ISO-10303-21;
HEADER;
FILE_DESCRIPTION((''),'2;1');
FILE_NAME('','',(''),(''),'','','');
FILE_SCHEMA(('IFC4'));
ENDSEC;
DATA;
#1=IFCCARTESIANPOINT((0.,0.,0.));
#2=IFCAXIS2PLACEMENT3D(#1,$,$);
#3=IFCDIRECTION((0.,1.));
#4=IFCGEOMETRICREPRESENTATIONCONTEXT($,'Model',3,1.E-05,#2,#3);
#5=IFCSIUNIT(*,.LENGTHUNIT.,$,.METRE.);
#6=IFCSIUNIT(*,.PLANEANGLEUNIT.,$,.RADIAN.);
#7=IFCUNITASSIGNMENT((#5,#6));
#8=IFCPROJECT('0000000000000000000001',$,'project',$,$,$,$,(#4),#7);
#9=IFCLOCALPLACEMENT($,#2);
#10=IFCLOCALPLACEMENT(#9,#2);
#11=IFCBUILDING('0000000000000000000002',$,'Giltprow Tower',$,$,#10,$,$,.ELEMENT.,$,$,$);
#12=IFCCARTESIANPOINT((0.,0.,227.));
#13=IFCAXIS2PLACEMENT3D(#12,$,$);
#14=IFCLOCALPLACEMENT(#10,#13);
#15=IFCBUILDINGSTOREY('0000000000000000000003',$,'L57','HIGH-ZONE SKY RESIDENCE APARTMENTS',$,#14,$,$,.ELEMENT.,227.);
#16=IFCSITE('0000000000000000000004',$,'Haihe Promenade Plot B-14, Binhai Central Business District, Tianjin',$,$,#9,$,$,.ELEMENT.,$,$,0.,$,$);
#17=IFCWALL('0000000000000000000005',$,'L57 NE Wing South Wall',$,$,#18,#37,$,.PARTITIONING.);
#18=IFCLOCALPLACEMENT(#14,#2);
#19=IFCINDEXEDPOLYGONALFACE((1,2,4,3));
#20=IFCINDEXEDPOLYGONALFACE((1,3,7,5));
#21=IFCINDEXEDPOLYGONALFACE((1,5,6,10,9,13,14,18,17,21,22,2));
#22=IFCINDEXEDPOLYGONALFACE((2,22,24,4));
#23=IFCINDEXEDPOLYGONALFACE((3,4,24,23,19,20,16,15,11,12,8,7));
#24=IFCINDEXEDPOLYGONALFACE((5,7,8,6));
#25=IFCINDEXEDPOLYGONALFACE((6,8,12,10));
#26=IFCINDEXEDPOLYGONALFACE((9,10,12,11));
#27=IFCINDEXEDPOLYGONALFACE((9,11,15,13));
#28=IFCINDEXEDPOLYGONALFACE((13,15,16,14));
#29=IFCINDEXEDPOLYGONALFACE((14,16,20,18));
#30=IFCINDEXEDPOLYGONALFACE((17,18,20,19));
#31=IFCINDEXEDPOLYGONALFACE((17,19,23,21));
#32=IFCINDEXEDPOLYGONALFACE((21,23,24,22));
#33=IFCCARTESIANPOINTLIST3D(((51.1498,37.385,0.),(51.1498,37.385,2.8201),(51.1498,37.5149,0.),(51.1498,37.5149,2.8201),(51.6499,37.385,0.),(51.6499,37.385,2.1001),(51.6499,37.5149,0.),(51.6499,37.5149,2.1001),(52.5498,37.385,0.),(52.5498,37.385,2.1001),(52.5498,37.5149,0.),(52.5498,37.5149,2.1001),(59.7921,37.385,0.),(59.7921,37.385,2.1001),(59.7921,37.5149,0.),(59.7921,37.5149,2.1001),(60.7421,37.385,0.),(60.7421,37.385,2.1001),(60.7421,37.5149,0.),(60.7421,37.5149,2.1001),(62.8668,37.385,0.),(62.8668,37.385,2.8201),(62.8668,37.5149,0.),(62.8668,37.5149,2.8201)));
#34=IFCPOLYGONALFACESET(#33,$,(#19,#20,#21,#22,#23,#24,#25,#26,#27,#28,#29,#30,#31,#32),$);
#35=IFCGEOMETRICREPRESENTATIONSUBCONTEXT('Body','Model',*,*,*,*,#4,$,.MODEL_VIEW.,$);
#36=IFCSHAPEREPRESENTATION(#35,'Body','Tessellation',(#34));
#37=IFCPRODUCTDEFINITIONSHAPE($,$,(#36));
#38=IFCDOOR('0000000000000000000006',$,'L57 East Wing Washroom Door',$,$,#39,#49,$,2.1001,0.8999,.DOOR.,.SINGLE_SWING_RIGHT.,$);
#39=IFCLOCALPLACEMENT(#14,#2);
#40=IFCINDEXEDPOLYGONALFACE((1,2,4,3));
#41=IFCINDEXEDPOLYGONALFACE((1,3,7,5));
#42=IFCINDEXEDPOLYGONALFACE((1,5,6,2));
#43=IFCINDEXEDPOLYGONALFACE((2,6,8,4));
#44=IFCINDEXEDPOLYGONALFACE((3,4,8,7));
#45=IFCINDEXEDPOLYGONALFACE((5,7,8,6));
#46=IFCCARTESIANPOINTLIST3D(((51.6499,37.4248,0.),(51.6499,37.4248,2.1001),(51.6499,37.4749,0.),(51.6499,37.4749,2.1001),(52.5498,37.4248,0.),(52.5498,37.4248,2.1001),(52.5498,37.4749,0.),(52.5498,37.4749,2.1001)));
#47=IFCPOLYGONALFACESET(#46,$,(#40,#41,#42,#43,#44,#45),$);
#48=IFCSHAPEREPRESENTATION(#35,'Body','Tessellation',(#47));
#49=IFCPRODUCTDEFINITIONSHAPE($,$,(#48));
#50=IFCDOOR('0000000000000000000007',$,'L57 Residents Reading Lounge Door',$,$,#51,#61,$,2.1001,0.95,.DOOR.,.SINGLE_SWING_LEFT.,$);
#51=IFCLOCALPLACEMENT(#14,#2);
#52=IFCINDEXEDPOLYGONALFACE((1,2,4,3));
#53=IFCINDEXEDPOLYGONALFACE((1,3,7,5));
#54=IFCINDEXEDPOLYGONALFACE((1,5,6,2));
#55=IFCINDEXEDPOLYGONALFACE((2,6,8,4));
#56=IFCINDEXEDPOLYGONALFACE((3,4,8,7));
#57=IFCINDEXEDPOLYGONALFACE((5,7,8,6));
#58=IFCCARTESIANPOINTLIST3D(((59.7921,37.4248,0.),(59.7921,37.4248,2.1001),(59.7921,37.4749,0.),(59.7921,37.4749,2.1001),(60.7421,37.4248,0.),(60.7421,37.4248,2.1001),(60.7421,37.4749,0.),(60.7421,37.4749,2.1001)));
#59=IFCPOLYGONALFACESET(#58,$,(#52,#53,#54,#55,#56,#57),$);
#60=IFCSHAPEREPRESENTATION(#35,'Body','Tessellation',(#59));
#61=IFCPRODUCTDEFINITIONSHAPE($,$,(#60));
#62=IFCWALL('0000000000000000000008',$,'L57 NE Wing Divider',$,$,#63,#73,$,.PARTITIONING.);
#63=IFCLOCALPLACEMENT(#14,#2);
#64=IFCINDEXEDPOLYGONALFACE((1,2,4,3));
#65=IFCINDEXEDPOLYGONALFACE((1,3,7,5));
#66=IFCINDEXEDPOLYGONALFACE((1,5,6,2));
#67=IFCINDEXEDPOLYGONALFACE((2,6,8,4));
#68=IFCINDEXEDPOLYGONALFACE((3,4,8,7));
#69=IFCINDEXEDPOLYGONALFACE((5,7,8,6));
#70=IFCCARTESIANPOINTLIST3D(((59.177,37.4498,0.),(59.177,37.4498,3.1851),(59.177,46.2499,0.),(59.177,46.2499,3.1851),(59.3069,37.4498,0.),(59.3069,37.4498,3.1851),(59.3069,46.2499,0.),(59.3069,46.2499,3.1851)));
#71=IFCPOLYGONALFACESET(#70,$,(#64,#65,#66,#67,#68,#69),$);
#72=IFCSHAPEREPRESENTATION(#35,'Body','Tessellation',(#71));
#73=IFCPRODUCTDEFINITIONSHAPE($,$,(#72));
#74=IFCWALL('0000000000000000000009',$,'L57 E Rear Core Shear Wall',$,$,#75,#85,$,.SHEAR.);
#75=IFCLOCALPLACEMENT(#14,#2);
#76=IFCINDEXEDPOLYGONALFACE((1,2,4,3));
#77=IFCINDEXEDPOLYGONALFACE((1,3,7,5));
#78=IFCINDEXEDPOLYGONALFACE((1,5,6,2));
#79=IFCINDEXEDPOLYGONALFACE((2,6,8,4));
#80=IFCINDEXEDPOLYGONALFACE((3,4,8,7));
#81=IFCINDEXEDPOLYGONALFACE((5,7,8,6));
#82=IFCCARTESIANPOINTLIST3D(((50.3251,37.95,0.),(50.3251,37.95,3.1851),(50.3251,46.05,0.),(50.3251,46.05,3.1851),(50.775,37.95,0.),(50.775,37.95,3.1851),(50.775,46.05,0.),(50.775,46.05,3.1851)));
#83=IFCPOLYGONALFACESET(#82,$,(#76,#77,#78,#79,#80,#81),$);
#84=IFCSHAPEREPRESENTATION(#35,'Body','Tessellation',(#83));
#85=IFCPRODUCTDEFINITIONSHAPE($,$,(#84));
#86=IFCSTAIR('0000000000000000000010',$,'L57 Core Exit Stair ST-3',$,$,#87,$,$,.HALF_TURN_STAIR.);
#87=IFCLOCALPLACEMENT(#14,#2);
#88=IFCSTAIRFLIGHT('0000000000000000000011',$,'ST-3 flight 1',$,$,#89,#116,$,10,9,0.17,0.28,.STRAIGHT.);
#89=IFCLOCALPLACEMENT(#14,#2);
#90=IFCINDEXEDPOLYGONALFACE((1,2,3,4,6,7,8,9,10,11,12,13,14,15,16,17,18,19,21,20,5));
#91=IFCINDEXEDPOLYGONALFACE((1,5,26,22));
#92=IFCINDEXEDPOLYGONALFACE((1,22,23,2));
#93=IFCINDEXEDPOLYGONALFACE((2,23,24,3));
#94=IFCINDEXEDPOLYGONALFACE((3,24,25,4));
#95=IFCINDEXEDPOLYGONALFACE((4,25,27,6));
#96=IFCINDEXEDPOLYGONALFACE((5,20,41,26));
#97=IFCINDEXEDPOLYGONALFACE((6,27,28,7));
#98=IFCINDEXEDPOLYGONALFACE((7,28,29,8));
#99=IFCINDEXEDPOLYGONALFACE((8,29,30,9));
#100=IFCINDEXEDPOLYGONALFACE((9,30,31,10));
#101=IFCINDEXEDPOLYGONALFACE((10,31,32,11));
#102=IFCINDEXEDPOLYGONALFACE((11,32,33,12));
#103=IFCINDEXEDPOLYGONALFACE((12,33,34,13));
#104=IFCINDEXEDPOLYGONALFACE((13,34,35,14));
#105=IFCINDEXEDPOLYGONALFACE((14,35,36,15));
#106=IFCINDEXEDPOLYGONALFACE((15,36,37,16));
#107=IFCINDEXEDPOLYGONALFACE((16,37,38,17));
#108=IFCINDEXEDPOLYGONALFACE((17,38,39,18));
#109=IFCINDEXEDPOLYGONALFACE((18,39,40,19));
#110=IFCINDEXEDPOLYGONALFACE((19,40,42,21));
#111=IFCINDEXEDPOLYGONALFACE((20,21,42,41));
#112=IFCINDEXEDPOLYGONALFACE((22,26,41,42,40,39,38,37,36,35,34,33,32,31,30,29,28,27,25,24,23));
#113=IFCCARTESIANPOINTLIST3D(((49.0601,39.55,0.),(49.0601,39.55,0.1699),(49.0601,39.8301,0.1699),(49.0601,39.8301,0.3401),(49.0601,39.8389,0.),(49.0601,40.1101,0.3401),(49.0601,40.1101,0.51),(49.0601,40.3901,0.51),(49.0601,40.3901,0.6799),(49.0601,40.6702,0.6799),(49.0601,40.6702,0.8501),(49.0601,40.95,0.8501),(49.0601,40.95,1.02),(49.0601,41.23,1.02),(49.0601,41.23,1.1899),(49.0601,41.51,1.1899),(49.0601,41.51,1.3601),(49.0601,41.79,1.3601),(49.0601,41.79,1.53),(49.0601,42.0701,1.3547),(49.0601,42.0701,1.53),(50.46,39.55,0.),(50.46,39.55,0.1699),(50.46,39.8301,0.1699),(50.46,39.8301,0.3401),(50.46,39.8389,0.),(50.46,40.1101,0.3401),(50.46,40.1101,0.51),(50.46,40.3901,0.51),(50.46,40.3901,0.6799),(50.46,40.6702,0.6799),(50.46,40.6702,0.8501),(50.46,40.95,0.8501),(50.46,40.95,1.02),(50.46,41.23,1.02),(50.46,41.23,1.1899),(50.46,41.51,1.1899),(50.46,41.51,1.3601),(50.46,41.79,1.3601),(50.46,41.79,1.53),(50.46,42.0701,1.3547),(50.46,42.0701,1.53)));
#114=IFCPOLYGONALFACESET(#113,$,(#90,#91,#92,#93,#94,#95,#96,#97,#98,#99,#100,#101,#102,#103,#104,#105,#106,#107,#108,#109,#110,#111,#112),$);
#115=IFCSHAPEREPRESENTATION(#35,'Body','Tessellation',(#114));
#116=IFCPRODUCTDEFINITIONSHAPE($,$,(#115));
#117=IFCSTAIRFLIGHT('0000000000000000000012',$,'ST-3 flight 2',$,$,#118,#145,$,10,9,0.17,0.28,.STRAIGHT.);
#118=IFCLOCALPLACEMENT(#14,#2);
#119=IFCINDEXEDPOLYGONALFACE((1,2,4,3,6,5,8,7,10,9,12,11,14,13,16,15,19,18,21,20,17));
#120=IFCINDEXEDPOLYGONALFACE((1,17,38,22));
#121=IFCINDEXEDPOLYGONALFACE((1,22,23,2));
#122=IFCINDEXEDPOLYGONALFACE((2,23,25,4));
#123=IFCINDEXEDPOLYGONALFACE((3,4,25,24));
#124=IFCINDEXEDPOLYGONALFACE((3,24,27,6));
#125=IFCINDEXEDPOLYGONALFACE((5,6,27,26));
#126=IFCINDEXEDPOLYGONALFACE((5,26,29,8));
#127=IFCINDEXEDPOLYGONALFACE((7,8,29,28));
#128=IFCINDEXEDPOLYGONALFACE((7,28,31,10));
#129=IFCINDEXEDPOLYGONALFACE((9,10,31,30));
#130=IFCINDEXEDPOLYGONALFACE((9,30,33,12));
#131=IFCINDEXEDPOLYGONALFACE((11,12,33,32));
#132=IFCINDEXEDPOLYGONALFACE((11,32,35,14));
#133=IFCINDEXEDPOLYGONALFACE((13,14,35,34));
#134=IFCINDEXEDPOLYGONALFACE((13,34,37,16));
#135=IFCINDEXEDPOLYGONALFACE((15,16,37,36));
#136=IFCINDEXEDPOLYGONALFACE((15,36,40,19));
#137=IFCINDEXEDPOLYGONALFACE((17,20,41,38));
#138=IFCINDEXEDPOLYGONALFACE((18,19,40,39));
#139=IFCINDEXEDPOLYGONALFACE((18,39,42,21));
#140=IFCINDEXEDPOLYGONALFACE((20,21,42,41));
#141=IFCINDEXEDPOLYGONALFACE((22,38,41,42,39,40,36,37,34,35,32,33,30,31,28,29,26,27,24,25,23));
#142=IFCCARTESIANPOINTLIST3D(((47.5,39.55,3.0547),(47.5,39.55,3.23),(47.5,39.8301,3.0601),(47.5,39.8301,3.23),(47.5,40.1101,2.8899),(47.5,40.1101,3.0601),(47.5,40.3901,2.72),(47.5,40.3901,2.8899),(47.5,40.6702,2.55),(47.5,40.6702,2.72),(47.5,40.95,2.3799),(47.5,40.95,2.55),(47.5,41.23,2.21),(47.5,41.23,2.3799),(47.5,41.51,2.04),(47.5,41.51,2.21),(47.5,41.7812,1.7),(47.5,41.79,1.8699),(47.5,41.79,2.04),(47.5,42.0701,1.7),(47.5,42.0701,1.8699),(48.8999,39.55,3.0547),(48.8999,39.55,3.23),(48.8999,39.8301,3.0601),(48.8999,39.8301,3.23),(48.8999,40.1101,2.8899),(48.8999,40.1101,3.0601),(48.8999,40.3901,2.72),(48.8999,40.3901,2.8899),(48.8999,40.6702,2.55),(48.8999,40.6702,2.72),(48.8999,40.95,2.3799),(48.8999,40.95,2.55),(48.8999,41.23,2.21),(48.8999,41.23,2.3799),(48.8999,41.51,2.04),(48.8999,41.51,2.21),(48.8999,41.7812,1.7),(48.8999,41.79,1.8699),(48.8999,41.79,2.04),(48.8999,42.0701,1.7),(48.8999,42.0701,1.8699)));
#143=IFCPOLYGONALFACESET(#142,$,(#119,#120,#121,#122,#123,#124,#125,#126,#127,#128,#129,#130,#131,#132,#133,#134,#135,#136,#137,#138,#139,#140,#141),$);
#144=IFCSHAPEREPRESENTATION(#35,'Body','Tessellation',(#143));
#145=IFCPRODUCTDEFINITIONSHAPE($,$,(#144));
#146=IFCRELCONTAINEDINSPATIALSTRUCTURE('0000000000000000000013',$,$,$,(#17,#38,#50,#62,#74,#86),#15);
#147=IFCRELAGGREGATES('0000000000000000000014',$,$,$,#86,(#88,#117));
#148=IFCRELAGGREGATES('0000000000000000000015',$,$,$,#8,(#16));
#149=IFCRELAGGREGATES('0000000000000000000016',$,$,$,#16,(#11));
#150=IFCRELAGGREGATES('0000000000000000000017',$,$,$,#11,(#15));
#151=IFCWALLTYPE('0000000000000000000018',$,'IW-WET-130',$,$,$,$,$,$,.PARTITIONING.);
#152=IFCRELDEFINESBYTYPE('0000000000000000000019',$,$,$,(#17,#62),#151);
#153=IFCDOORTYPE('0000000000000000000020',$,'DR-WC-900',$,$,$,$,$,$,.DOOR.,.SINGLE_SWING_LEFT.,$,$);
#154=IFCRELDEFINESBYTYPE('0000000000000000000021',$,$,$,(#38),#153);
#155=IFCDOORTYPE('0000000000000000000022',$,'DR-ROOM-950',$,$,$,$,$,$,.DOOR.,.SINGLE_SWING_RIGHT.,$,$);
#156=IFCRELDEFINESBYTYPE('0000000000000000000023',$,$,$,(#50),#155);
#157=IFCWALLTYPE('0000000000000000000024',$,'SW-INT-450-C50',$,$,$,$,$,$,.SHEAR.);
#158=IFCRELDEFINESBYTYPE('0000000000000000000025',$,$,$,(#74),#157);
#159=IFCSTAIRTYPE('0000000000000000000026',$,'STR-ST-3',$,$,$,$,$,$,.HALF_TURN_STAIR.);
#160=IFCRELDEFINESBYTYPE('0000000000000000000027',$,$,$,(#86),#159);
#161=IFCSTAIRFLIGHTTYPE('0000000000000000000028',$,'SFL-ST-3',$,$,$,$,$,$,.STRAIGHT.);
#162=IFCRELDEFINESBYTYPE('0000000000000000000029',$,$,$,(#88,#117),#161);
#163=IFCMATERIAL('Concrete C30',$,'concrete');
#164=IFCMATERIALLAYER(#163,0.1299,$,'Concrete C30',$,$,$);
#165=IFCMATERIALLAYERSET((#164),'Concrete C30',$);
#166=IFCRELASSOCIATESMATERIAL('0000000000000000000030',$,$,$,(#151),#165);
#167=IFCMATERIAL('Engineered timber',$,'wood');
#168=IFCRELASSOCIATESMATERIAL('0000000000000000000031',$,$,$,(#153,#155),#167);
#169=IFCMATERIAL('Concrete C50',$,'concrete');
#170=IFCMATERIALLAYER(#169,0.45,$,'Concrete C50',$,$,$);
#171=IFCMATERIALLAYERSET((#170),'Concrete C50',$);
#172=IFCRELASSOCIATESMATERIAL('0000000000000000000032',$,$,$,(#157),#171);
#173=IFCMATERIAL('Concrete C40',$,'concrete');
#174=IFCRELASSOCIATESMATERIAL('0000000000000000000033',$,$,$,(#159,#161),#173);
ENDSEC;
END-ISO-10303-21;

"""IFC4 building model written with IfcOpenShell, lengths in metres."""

from ifc_helpers import new_model, si_unit, direction, frame, frame_2d, origin, place, context, subcontext, project, spatial, polyline, rectangle, outline, extrude, source, transform, mapped, material, layer, layer_set, type_object, element, fill, aggregate, save


model = new_model("IFC4")

# Units and contexts
model_context = context("Model", 3, precision=1e-05, world=origin(), true_north=direction((0.0, 1.0)))
body_context = subcontext(model_context, "Body", "Model", "MODEL_VIEW")
ifc_project = project(units=[si_unit("LENGTHUNIT", "METRE"), si_unit("PLANEANGLEUNIT", "RADIAN")], contexts=[model_context])

# Site, building, storey
site_placement = place(None, origin())
site = spatial("IfcSite", under=ifc_project, at=site_placement, Name="Haihe Promenade Plot B-14, Binhai Central Business District, Tianjin", CompositionType="ELEMENT", RefElevation=0.0)
building_placement = place(site_placement, origin())
building = spatial("IfcBuilding", under=site, at=building_placement, Name="Giltprow Tower", CompositionType="ELEMENT")
storey_placement = place(building_placement, frame((0.0, 0.0, 227.0)))
storey = spatial("IfcBuildingStorey", under=building, at=storey_placement, Name="L57", Description="HIGH-ZONE SKY RESIDENCE APARTMENTS", CompositionType="ELEMENT", Elevation=227.0)

# Shared definitions
ifc_material_1 = material(Name="Concrete C50", Category="concrete")

# Wall, openings, doors
ifc_material_2 = material(Name="Concrete C30", Category="concrete")
ifc_layer_1 = layer(ifc_material_2, 0.1299, Name="Concrete C30")
ifc_layer_set_1 = layer_set([ifc_layer_1], Name="Concrete C30")
wall_type_1 = type_object("IfcWallType", Name="IW-WET-130", PredefinedType="PARTITIONING", material=ifc_layer_set_1)
wall_1_placement = place(storey_placement, frame((51.1499, 37.45, 0.0), z_axis=(0.0, 0.0, 1.0), x_axis=(1.0, 0.0, 0.0)))
wall_1 = element("IfcWall", 1, at=wall_1_placement, inside=storey, type_object=wall_type_1, Name="L57 NE Wing South Wall", PredefinedType="PARTITIONING", context=body_context, shape_type="SweptSolid", body=[
    extrude(rectangle(XDim=11.717, YDim=0.1299, at=frame_2d((5.8584, 0.0))), origin(), (0.0, 0.0, 1.0), 2.8201),
])
opening_1_placement = place(wall_1_placement, frame((0.5, 0.0, 0.0)))
opening_1 = element("IfcOpeningElement", 2, at=opening_1_placement, cuts=wall_1, PredefinedType="OPENING", context=body_context, shape_type="SweptSolid", body=[
    extrude(rectangle(XDim=0.8999, YDim=2.1001, at=frame_2d((0.45, 1.05))), frame((0.0, 0.075, 0.0), z_axis=(0.0, -1.0, 0.0), x_axis=(1.0, 0.0, 0.0)), (0.0, 0.0, 1.0), 0.1499),
])
opening_2_placement = place(wall_1_placement, frame((8.6421, 0.0, 0.0)))
opening_2 = element("IfcOpeningElement", 3, at=opening_2_placement, cuts=wall_1, PredefinedType="OPENING", context=body_context, shape_type="SweptSolid", body=[
    extrude(rectangle(XDim=0.95, YDim=2.1001, at=frame_2d((0.4751, 1.05))), frame((0.0, 0.075, 0.0), z_axis=(0.0, -1.0, 0.0), x_axis=(1.0, 0.0, 0.0)), (0.0, 0.0, 1.0), 0.1499),
])
ifc_material_3 = material(Name="Engineered timber", Category="wood")
door_type_1 = type_object("IfcDoorType", Name="DR-WC-900", OperationType="SINGLE_SWING_LEFT", PredefinedType="DOOR", material=ifc_material_3)
shared_shape_1 = source(origin(), body_context, "Body", "SweptSolid", [
    extrude(rectangle(XDim=0.8999, YDim=2.1001, at=frame_2d((0.45, 1.05))), frame((0.0, 0.0249, 0.0), z_axis=(0.0, -1.0, 0.0), x_axis=(1.0, 0.0, 0.0)), (0.0, 0.0, 1.0), 0.05),
])
door_1_placement = place(opening_1_placement, origin())
door_1 = element("IfcDoor", 4, at=door_1_placement, inside=storey, type_object=door_type_1, Name="L57 East Wing Washroom Door", OperationType="SINGLE_SWING_RIGHT", OverallHeight=2.1001, OverallWidth=0.8999, PredefinedType="DOOR", context=body_context, shape_type="MappedRepresentation", body=[
    mapped(shared_shape_1, transform((0.0, 0.0, 0.0), x_axis=(1.0, 0.0, 0.0), y_axis=(0.0, 1.0, 0.0), z_axis=(0.0, 0.0, 1.0), scale=1.0)),
])
fill(opening_1, door_1)
door_type_2 = type_object("IfcDoorType", Name="DR-ROOM-950", OperationType="SINGLE_SWING_RIGHT", PredefinedType="DOOR", material=ifc_material_3)
shared_shape_2 = source(origin(), body_context, "Body", "SweptSolid", [
    extrude(rectangle(XDim=0.95, YDim=2.1001, at=frame_2d((0.4751, 1.05))), frame((0.0, 0.0249, 0.0), z_axis=(0.0, -1.0, 0.0), x_axis=(1.0, 0.0, 0.0)), (0.0, 0.0, 1.0), 0.05),
])
door_2_placement = place(opening_2_placement, origin())
door_2 = element("IfcDoor", 5, at=door_2_placement, inside=storey, type_object=door_type_2, Name="L57 Residents Reading Lounge Door", OperationType="SINGLE_SWING_LEFT", OverallHeight=2.1001, OverallWidth=0.95, PredefinedType="DOOR", context=body_context, shape_type="MappedRepresentation", body=[
    mapped(shared_shape_2, transform((0.0, 0.0, 0.0), x_axis=(1.0, 0.0, 0.0), y_axis=(0.0, 1.0, 0.0), z_axis=(0.0, 0.0, 1.0), scale=1.0)),
])
fill(opening_2, door_2)

# Walls
wall_2_placement = place(storey_placement, frame((59.2419, 37.45, 0.0), z_axis=(0.0, 0.0, 1.0), x_axis=(0.0, 1.0, 0.0)))
element("IfcWall", 6, at=wall_2_placement, inside=storey, type_object=wall_type_1, Name="L57 NE Wing Divider", PredefinedType="PARTITIONING", context=body_context, shape_type="SweptSolid", body=[
    extrude(rectangle(XDim=8.8, YDim=0.1299, at=frame_2d((4.3999, 0.0))), origin(), (0.0, 0.0, 1.0), 3.1851),
])
ifc_layer_2 = layer(ifc_material_1, 0.45, Name="Concrete C50")
ifc_layer_set_2 = layer_set([ifc_layer_2], Name="Concrete C50")
wall_type_2 = type_object("IfcWallType", Name="SW-INT-450-C50", PredefinedType="SHEAR", material=ifc_layer_set_2)
wall_3_placement = place(storey_placement, frame((50.55, 37.95, 0.0), z_axis=(0.0, 0.0, 1.0), x_axis=(0.0, 1.0, 0.0)))
element("IfcWall", 7, at=wall_3_placement, inside=storey, type_object=wall_type_2, Name="L57 E Rear Core Shear Wall", PredefinedType="SHEAR", context=body_context, shape_type="SweptSolid", body=[
    extrude(rectangle(XDim=8.1001, YDim=0.45, at=frame_2d((4.05, 0.0))), origin(), (0.0, 0.0, 1.0), 3.1851),
])

# Stair, stair flights
ifc_material_4 = material(Name="Concrete C40", Category="concrete")
stair_type = type_object("IfcStairType", Name="STR-ST-3", PredefinedType="HALF_TURN_STAIR", material=ifc_material_4)
stair_placement = place(storey_placement, origin())
stair = element("IfcStair", 8, at=stair_placement, inside=storey, type_object=stair_type, Name="L57 Core Exit Stair ST-3", PredefinedType="HALF_TURN_STAIR")
stair_flight_type = type_object("IfcStairFlightType", Name="SFL-ST-3", PredefinedType="STRAIGHT", material=ifc_material_4)
stair_flight_1_placement = place(storey_placement, frame((49.76, 39.55, 0.0), z_axis=(0.0, 0.0, 1.0), x_axis=(0.0, 1.0, 0.0)))
stair_flight_1 = element("IfcStairFlight", 9, at=stair_flight_1_placement, type_object=stair_flight_type, Name="ST-3 flight 1", NumberOfRisers=10, NumberOfTreads=9, PredefinedType="STRAIGHT", RiserHeight=0.17, TreadLength=0.28, context=body_context, shape_type="SweptSolid", body=[
    extrude(outline(polyline([(0.0, 0.0), (0.0, 0.1699), (0.28, 0.1699), (0.28, 0.3401), (0.5601, 0.3401), (0.5601, 0.51), (0.8401, 0.51), (0.8401, 0.6799), (1.1201, 0.6799), (1.1201, 0.8501), (1.3999, 0.8501), (1.3999, 1.02), (1.6799, 1.02), (1.6799, 1.1899), (1.96, 1.1899), (1.96, 1.3601), (2.24, 1.3601), (2.24, 1.53), (2.52, 1.53), (2.52, 1.7), (2.52, 1.3547), (0.2888, 0.0), (0.0, 0.0)])), frame((0.0, 0.7, 0.0), z_axis=(0.0, -1.0, 0.0), x_axis=(1.0, 0.0, 0.0)), (0.0, 0.0, 1.0), 1.3999),
])
stair_flight_2_placement = place(storey_placement, frame((48.2, 42.0701, 1.7), z_axis=(0.0, 0.0, 1.0), x_axis=(0.0, -1.0, 0.0)))
stair_flight_2 = element("IfcStairFlight", 10, at=stair_flight_2_placement, type_object=stair_flight_type, Name="ST-3 flight 2", NumberOfRisers=10, NumberOfTreads=9, PredefinedType="STRAIGHT", RiserHeight=0.17, TreadLength=0.28, context=body_context, shape_type="SweptSolid", body=[
    extrude(outline(polyline([(0.0, 0.0), (0.0, 0.1699), (0.28, 0.1699), (0.28, 0.3401), (0.5601, 0.3401), (0.5601, 0.51), (0.8401, 0.51), (0.8401, 0.6799), (1.1201, 0.6799), (1.1201, 0.8501), (1.3999, 0.8501), (1.3999, 1.02), (1.6799, 1.02), (1.6799, 1.1899), (1.96, 1.1899), (1.96, 1.3601), (2.24, 1.3601), (2.24, 1.53), (2.52, 1.53), (2.52, 1.7), (2.52, 1.3547), (0.2888, 0.0), (0.0, 0.0)])), frame((0.0, 0.7, 0.0), z_axis=(0.0, -1.0, 0.0), x_axis=(1.0, 0.0, 0.0)), (0.0, 0.0, 1.0), 1.3999),
])
aggregate(stair, [stair_flight_1, stair_flight_2])

save(model, "model.ifc")
